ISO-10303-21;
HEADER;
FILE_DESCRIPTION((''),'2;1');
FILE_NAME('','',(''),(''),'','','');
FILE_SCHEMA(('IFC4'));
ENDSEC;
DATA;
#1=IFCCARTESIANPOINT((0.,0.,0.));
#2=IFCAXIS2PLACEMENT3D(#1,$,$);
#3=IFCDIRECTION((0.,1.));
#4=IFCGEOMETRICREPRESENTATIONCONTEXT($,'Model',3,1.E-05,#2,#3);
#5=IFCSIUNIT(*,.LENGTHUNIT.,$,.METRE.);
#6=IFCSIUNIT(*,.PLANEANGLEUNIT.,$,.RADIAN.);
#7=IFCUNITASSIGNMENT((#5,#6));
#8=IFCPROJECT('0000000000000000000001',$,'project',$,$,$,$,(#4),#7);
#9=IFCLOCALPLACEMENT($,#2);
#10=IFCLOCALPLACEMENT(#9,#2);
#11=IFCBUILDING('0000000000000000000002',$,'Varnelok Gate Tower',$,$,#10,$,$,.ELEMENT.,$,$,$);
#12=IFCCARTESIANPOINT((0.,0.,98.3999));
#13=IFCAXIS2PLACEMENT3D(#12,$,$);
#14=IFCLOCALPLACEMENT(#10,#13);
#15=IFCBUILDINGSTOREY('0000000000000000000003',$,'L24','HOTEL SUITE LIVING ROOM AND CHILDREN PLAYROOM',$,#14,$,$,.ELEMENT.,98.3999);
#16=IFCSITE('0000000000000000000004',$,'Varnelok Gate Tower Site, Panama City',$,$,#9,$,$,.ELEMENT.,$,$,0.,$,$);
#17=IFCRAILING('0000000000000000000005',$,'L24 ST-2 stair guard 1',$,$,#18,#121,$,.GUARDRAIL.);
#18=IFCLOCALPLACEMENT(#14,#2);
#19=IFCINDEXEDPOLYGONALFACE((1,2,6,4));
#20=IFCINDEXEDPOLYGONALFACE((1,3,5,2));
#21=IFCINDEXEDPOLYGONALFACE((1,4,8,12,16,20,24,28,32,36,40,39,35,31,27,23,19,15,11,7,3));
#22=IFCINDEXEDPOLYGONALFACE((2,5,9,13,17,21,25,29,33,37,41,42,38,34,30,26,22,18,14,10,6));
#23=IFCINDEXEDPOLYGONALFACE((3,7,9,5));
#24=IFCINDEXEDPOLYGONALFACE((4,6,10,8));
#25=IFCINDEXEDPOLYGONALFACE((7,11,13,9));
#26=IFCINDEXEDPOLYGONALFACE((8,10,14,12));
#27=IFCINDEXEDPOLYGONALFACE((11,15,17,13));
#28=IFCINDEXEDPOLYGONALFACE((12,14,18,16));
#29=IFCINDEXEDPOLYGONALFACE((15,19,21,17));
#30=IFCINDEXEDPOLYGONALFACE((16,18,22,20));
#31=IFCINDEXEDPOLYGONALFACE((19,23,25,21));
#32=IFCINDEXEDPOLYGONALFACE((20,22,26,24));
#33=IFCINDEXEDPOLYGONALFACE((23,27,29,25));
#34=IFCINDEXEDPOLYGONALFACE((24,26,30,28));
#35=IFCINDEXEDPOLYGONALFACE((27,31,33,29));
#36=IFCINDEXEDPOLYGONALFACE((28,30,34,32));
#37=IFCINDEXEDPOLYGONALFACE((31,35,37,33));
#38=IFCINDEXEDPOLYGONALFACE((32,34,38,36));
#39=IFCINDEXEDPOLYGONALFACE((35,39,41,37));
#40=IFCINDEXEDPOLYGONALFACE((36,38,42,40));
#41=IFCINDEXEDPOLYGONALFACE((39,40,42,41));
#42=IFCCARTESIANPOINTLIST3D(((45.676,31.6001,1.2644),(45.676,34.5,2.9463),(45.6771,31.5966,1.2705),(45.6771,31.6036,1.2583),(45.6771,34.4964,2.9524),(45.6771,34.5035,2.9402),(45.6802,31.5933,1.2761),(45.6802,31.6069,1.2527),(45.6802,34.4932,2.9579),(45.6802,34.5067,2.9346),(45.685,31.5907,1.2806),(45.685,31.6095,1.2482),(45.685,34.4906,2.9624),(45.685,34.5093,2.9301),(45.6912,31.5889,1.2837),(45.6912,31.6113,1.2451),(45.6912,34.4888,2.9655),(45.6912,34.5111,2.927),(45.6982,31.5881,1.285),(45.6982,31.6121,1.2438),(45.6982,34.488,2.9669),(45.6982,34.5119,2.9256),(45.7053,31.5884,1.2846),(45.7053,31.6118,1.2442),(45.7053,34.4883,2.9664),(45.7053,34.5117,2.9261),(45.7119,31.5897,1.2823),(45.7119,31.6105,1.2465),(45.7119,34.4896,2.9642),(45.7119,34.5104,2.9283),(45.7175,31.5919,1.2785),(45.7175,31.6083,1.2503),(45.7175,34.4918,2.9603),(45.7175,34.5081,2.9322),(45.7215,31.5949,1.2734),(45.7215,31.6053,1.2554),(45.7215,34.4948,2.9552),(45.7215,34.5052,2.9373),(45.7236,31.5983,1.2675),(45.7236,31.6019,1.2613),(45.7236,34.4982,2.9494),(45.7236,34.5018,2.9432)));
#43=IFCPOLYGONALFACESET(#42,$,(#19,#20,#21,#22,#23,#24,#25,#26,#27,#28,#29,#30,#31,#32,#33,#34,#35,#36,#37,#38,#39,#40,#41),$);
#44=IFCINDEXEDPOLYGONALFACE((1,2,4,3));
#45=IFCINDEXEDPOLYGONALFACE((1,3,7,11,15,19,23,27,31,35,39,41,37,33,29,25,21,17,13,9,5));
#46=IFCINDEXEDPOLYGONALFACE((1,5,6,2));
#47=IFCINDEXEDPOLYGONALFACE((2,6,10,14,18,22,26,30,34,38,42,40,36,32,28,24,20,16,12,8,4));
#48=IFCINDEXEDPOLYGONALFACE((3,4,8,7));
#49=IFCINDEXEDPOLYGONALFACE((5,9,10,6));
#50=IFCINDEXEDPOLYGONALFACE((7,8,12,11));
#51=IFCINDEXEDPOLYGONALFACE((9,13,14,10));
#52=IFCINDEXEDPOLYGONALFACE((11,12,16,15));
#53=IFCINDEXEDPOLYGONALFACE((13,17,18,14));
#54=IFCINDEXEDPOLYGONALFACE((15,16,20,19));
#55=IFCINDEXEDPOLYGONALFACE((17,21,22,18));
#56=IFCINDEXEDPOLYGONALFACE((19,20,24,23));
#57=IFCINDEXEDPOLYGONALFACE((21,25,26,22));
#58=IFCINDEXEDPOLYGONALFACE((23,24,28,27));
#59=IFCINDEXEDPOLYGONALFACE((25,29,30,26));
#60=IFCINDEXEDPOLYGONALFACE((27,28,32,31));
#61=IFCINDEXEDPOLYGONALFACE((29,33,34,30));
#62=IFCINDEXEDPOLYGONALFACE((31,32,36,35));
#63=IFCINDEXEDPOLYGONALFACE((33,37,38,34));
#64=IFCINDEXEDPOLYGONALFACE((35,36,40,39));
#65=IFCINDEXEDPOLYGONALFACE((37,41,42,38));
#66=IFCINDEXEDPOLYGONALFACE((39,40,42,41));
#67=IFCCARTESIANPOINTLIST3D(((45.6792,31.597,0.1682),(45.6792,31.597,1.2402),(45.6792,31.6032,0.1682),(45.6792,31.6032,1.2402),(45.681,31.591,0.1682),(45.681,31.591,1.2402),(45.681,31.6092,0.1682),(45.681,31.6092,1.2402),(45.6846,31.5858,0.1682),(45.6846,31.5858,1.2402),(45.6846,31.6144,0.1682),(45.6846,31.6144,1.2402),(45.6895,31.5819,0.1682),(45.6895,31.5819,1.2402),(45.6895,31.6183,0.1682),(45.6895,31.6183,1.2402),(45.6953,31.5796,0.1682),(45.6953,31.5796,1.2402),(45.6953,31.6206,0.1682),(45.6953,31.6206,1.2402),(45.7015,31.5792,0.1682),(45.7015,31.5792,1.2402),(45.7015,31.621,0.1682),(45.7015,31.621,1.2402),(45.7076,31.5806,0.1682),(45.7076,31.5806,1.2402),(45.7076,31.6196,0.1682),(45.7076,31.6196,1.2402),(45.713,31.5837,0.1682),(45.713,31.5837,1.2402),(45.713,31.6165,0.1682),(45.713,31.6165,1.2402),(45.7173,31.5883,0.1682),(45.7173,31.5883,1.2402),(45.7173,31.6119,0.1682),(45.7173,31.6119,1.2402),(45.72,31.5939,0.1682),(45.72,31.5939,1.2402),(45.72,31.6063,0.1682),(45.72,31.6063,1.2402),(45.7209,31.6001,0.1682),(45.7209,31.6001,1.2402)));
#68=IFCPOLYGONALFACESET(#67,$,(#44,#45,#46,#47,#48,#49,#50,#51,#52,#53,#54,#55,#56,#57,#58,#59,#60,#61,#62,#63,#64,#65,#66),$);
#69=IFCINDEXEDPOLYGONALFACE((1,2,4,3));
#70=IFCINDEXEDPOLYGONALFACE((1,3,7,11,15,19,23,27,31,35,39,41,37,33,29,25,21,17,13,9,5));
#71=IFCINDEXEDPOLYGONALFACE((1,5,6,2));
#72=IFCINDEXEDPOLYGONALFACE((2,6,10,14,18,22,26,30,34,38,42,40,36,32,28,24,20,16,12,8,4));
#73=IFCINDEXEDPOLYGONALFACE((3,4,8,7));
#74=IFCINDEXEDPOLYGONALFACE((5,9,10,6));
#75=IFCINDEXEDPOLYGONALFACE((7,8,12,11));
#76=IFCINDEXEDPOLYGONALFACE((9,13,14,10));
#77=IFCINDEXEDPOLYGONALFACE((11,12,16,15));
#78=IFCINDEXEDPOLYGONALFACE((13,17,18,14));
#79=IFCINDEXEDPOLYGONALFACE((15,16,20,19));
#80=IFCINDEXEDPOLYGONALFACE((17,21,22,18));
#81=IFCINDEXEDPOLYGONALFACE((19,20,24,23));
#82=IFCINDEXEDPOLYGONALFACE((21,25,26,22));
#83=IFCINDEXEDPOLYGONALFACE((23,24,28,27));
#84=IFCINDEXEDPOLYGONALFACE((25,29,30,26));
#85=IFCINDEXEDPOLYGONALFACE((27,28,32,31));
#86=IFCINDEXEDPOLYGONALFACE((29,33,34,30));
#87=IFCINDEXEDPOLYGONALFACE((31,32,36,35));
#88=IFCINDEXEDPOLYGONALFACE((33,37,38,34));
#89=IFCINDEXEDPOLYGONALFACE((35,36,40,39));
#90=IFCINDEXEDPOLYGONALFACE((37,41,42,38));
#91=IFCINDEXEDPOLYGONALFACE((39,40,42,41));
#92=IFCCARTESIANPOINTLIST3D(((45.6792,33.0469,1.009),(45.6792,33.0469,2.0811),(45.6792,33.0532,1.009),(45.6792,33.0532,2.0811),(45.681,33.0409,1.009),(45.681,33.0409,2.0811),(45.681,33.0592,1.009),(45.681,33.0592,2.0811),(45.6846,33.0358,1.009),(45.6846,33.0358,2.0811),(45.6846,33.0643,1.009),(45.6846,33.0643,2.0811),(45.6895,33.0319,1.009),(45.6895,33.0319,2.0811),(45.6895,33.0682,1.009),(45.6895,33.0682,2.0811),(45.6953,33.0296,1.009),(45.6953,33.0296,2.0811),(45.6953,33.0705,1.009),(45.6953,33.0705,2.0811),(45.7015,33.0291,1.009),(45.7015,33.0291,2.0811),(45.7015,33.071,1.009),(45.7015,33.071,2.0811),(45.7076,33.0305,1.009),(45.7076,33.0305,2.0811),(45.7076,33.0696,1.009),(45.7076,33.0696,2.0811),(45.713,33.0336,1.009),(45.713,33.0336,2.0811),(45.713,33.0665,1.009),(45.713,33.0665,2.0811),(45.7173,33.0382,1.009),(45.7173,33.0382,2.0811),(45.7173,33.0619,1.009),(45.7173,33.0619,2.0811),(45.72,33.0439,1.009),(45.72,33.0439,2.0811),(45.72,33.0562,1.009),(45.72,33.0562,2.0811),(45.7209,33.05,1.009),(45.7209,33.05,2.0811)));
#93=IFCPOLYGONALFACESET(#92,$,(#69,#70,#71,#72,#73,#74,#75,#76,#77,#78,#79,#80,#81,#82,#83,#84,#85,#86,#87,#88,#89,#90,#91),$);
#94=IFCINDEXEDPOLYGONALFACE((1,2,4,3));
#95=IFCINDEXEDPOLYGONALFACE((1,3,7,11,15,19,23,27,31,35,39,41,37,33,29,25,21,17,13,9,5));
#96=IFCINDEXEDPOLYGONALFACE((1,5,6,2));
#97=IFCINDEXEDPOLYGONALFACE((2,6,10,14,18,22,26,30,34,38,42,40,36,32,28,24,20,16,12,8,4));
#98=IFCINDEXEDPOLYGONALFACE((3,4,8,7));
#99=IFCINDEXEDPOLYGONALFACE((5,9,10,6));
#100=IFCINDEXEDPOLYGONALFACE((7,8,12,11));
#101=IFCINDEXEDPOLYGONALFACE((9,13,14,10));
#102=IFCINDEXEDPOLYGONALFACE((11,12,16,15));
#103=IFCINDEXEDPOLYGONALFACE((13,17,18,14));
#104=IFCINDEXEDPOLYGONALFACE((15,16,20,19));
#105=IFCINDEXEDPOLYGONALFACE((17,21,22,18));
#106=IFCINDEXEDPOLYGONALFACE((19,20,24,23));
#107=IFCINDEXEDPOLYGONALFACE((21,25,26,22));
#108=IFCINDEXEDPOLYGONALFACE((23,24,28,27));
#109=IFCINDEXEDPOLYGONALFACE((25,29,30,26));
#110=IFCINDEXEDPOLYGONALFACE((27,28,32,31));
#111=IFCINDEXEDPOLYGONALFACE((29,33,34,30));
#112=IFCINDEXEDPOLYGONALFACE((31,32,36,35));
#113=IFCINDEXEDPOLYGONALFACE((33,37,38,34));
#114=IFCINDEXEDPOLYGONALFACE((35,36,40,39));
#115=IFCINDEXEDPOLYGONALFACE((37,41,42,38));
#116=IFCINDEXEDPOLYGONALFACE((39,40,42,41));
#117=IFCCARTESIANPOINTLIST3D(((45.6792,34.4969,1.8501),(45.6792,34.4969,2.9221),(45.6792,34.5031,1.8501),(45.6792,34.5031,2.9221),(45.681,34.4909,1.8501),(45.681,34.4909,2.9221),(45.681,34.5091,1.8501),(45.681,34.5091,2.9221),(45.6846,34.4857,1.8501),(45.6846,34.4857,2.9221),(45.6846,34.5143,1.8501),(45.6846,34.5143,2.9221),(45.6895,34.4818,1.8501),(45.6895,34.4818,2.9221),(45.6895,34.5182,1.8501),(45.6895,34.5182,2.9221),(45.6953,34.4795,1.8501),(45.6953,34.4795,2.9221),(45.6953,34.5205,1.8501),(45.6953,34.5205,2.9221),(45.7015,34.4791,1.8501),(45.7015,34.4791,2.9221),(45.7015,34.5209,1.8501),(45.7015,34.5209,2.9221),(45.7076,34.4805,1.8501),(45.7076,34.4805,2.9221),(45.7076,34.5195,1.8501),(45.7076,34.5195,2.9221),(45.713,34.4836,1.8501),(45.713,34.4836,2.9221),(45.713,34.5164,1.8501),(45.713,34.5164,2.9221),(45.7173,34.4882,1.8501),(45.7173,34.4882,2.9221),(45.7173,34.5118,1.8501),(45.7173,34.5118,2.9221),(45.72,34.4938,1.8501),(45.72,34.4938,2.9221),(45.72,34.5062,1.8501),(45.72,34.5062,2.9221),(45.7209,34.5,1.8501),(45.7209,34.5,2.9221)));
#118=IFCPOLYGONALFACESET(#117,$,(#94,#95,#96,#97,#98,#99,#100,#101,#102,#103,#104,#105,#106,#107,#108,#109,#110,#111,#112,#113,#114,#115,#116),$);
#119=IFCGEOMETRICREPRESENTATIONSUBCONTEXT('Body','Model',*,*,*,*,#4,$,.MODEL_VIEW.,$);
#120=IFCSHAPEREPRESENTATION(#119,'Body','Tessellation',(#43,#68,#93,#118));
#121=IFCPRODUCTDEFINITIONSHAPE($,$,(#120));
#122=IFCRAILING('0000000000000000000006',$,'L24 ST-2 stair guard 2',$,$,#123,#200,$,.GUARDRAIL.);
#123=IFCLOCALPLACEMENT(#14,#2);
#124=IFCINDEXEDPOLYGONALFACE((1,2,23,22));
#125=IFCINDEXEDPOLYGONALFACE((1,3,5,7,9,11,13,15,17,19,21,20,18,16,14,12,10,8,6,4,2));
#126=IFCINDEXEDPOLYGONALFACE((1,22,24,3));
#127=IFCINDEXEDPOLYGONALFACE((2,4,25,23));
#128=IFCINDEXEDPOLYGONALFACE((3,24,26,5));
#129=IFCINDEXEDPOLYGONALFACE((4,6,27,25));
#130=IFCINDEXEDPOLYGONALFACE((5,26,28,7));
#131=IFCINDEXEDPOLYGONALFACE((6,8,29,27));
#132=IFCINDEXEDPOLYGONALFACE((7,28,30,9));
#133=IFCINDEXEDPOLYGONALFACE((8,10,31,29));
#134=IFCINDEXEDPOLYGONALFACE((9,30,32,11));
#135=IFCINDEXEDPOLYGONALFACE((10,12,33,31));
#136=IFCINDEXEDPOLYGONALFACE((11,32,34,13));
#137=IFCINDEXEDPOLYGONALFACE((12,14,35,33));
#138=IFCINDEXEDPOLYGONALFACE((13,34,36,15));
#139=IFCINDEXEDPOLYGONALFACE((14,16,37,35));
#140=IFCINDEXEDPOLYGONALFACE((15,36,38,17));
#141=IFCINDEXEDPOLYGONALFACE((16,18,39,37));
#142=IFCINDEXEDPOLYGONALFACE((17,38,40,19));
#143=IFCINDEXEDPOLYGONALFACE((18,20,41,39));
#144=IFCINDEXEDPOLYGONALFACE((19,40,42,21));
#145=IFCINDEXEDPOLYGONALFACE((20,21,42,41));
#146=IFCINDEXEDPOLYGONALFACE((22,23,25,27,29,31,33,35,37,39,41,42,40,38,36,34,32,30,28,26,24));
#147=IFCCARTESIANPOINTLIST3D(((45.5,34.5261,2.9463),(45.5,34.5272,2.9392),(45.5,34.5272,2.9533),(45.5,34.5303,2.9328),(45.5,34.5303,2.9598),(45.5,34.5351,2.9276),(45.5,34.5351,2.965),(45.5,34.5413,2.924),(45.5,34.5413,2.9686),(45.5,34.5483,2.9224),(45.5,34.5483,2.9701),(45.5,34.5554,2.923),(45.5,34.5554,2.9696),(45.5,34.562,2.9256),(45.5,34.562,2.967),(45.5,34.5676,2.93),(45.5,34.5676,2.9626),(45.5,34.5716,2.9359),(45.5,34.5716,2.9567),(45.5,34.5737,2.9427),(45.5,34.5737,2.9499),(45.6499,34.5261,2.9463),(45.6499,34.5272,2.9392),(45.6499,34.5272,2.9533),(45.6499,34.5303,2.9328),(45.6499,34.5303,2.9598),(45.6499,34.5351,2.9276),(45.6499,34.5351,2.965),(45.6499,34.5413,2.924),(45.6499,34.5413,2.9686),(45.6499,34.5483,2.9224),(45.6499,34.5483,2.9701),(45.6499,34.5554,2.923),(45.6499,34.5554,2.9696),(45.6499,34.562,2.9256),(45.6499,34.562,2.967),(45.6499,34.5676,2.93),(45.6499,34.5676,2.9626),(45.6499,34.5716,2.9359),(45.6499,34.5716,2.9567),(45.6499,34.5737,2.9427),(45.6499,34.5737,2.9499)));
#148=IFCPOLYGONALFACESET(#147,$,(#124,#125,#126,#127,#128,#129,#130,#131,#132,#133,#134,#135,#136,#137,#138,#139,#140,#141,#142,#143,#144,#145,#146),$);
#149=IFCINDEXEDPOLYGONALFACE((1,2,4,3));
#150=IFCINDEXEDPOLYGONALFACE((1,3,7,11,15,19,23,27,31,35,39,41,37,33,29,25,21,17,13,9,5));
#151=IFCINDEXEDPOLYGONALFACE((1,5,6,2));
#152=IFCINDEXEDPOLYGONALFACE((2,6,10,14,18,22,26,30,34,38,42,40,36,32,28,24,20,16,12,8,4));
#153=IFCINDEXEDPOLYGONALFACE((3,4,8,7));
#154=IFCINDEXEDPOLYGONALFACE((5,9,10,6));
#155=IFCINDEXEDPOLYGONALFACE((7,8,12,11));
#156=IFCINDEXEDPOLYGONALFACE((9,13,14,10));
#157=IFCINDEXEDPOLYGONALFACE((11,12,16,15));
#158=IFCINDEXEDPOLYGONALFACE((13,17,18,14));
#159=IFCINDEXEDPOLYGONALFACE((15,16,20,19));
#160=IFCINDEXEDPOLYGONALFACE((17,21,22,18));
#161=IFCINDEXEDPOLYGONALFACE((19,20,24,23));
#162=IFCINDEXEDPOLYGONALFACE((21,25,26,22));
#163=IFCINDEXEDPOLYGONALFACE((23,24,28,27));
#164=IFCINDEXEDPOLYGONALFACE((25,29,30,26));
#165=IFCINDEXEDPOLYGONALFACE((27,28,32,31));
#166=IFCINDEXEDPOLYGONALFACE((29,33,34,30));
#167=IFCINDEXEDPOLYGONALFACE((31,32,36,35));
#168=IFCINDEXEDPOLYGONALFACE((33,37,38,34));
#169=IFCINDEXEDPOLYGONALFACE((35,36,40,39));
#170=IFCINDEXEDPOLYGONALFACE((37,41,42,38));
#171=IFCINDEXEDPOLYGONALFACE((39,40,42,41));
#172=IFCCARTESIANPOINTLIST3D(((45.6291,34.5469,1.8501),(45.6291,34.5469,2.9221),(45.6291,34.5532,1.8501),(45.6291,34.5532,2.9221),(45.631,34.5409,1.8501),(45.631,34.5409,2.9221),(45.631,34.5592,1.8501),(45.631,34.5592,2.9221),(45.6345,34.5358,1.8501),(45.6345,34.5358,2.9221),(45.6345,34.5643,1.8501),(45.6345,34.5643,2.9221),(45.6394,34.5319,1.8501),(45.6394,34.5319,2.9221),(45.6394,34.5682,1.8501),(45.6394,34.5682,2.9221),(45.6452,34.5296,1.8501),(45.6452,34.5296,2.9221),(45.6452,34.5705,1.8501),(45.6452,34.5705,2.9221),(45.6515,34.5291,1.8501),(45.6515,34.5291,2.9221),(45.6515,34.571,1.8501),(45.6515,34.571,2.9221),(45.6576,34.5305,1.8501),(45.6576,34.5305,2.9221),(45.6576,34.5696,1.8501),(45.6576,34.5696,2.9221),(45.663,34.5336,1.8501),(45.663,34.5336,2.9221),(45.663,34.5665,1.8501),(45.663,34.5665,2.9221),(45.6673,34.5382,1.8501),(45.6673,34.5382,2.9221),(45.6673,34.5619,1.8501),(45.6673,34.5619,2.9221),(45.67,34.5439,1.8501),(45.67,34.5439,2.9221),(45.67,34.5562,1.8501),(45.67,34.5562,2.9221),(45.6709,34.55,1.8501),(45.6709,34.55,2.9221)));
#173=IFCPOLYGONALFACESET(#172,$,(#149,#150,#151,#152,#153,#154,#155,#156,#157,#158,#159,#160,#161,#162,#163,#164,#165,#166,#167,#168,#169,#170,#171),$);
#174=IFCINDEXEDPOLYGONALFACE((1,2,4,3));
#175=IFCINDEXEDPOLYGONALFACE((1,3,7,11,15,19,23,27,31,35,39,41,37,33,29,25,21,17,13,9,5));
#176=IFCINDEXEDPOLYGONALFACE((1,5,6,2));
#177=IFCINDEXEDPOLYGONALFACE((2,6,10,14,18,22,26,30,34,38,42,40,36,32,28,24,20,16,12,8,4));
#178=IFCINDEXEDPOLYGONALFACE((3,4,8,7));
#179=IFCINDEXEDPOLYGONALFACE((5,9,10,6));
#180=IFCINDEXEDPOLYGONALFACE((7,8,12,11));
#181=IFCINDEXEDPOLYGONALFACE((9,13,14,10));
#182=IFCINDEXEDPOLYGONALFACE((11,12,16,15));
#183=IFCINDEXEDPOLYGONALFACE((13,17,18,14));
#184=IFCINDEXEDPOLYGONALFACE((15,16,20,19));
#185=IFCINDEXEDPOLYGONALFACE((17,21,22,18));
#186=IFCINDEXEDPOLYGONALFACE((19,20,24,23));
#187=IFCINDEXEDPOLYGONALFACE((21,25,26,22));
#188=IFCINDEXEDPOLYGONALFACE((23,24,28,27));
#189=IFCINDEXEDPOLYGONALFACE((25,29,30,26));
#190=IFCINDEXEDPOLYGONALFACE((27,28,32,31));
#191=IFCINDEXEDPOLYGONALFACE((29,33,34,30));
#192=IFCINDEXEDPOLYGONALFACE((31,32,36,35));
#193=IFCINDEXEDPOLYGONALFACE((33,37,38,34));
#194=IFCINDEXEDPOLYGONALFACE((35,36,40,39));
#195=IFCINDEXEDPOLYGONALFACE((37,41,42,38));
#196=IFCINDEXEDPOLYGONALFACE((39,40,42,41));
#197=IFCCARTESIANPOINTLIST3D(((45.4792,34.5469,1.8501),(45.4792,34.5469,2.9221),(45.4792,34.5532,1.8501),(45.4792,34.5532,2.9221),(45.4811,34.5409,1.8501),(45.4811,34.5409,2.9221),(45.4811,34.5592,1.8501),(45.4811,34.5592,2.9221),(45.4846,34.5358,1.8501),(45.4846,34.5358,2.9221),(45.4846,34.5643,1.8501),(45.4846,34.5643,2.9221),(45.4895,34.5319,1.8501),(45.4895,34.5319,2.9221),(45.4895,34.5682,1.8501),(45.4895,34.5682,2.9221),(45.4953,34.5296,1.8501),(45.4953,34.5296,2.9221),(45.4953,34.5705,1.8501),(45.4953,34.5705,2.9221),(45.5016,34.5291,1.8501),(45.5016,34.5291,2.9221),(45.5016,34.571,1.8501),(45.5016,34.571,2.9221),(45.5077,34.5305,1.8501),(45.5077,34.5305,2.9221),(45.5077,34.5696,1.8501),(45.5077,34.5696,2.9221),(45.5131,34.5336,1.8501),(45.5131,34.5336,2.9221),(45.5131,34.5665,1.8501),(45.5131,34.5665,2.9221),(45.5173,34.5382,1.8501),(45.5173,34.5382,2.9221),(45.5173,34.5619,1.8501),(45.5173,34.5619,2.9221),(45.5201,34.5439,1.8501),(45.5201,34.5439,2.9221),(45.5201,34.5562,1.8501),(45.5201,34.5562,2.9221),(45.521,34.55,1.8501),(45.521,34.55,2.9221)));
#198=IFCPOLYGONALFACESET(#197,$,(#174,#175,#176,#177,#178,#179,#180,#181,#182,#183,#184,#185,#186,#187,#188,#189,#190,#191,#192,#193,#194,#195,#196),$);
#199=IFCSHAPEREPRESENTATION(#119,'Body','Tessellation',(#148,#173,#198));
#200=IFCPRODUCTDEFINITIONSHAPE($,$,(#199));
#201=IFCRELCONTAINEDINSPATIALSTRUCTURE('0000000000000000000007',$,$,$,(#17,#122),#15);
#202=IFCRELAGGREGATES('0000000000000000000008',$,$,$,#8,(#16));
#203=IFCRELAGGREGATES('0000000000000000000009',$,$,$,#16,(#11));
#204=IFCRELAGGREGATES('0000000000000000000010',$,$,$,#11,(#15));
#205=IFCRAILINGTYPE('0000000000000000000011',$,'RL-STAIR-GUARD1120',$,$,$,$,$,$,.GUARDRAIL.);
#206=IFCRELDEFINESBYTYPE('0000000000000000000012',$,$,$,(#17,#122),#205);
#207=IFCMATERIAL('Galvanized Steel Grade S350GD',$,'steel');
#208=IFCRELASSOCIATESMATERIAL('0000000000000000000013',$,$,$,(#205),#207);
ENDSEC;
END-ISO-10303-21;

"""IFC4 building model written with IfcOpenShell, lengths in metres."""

from ifc_helpers import new_model, si_unit, direction, frame, origin, origin_2d, place, context, subcontext, project, spatial, circle, extrude, material, type_object, element, save


model = new_model("IFC4")

# Units and contexts
model_context = context("Model", 3, precision=1e-05, world=origin(), true_north=direction((0.0, 1.0)))
body_context = subcontext(model_context, "Body", "Model", "MODEL_VIEW")
ifc_project = project(units=[si_unit("LENGTHUNIT", "METRE"), si_unit("PLANEANGLEUNIT", "RADIAN")], contexts=[model_context])

# Site, building, storey
site_placement = place(None, origin())
site = spatial("IfcSite", under=ifc_project, at=site_placement, Name="Varnelok Gate Tower Site, Panama City", CompositionType="ELEMENT", RefElevation=0.0)
building_placement = place(site_placement, origin())
building = spatial("IfcBuilding", under=site, at=building_placement, Name="Varnelok Gate Tower", CompositionType="ELEMENT")
storey_placement = place(building_placement, frame((0.0, 0.0, 98.3999)))
storey = spatial("IfcBuildingStorey", under=building, at=storey_placement, Name="L24", Description="HOTEL SUITE LIVING ROOM AND CHILDREN PLAYROOM", CompositionType="ELEMENT", Elevation=98.3999)

# Shared definitions
ifc_material_1 = material(Name="Galvanized Steel Grade S350GD", Category="steel")

# Railings
railing_type_1 = type_object("IfcRailingType", Name="RL-STAIR-GUARD1120", PredefinedType="GUARDRAIL", material=ifc_material_1)
railing_1_placement = place(storey_placement, frame((45.7, 31.6001, 0.1682)))
element("IfcRailing", 1, at=railing_1_placement, inside=storey, type_object=railing_type_1, Name="L24 ST-2 stair guard 1", PredefinedType="GUARDRAIL", context=body_context, shape_type="SweptSolid", body=[
    extrude(circle(Radius=0.0239, at=origin_2d()), frame((0.0, 0.0, 1.0962), z_axis=(0.0, 0.865039, 0.501705), x_axis=(-1.0, 0.0, 0.0)), (0.0, 0.0, 1.0), 3.3523),
    extrude(circle(Radius=0.021, at=origin_2d()), origin(), (0.0, 0.0, 1.0), 1.072),
    extrude(circle(Radius=0.021, at=origin_2d()), frame((0.0, 1.45, 0.8408)), (0.0, 0.0, 1.0), 1.072),
    extrude(circle(Radius=0.021, at=origin_2d()), frame((0.0, 2.8999, 1.6819)), (0.0, 0.0, 1.0), 1.072),
])
railing_2_placement = place(storey_placement, frame((45.6499, 34.55, 1.8501)))
element("IfcRailing", 2, at=railing_2_placement, inside=storey, type_object=railing_type_1, Name="L24 ST-2 stair guard 2", PredefinedType="GUARDRAIL", context=body_context, shape_type="SweptSolid", body=[
    extrude(circle(Radius=0.0239, at=origin_2d()), frame((0.0, 0.0, 1.0962), z_axis=(-1.0, 0.0, 0.0), x_axis=(0.0, -1.0, 0.0)), (0.0, 0.0, 1.0), 0.1499),
    extrude(circle(Radius=0.021, at=origin_2d()), origin(), (0.0, 0.0, 1.0), 1.072),
    extrude(circle(Radius=0.021, at=origin_2d()), frame((-0.1499, 0.0, 0.0)), (0.0, 0.0, 1.0), 1.072),
])

save(model, "model.ifc")
